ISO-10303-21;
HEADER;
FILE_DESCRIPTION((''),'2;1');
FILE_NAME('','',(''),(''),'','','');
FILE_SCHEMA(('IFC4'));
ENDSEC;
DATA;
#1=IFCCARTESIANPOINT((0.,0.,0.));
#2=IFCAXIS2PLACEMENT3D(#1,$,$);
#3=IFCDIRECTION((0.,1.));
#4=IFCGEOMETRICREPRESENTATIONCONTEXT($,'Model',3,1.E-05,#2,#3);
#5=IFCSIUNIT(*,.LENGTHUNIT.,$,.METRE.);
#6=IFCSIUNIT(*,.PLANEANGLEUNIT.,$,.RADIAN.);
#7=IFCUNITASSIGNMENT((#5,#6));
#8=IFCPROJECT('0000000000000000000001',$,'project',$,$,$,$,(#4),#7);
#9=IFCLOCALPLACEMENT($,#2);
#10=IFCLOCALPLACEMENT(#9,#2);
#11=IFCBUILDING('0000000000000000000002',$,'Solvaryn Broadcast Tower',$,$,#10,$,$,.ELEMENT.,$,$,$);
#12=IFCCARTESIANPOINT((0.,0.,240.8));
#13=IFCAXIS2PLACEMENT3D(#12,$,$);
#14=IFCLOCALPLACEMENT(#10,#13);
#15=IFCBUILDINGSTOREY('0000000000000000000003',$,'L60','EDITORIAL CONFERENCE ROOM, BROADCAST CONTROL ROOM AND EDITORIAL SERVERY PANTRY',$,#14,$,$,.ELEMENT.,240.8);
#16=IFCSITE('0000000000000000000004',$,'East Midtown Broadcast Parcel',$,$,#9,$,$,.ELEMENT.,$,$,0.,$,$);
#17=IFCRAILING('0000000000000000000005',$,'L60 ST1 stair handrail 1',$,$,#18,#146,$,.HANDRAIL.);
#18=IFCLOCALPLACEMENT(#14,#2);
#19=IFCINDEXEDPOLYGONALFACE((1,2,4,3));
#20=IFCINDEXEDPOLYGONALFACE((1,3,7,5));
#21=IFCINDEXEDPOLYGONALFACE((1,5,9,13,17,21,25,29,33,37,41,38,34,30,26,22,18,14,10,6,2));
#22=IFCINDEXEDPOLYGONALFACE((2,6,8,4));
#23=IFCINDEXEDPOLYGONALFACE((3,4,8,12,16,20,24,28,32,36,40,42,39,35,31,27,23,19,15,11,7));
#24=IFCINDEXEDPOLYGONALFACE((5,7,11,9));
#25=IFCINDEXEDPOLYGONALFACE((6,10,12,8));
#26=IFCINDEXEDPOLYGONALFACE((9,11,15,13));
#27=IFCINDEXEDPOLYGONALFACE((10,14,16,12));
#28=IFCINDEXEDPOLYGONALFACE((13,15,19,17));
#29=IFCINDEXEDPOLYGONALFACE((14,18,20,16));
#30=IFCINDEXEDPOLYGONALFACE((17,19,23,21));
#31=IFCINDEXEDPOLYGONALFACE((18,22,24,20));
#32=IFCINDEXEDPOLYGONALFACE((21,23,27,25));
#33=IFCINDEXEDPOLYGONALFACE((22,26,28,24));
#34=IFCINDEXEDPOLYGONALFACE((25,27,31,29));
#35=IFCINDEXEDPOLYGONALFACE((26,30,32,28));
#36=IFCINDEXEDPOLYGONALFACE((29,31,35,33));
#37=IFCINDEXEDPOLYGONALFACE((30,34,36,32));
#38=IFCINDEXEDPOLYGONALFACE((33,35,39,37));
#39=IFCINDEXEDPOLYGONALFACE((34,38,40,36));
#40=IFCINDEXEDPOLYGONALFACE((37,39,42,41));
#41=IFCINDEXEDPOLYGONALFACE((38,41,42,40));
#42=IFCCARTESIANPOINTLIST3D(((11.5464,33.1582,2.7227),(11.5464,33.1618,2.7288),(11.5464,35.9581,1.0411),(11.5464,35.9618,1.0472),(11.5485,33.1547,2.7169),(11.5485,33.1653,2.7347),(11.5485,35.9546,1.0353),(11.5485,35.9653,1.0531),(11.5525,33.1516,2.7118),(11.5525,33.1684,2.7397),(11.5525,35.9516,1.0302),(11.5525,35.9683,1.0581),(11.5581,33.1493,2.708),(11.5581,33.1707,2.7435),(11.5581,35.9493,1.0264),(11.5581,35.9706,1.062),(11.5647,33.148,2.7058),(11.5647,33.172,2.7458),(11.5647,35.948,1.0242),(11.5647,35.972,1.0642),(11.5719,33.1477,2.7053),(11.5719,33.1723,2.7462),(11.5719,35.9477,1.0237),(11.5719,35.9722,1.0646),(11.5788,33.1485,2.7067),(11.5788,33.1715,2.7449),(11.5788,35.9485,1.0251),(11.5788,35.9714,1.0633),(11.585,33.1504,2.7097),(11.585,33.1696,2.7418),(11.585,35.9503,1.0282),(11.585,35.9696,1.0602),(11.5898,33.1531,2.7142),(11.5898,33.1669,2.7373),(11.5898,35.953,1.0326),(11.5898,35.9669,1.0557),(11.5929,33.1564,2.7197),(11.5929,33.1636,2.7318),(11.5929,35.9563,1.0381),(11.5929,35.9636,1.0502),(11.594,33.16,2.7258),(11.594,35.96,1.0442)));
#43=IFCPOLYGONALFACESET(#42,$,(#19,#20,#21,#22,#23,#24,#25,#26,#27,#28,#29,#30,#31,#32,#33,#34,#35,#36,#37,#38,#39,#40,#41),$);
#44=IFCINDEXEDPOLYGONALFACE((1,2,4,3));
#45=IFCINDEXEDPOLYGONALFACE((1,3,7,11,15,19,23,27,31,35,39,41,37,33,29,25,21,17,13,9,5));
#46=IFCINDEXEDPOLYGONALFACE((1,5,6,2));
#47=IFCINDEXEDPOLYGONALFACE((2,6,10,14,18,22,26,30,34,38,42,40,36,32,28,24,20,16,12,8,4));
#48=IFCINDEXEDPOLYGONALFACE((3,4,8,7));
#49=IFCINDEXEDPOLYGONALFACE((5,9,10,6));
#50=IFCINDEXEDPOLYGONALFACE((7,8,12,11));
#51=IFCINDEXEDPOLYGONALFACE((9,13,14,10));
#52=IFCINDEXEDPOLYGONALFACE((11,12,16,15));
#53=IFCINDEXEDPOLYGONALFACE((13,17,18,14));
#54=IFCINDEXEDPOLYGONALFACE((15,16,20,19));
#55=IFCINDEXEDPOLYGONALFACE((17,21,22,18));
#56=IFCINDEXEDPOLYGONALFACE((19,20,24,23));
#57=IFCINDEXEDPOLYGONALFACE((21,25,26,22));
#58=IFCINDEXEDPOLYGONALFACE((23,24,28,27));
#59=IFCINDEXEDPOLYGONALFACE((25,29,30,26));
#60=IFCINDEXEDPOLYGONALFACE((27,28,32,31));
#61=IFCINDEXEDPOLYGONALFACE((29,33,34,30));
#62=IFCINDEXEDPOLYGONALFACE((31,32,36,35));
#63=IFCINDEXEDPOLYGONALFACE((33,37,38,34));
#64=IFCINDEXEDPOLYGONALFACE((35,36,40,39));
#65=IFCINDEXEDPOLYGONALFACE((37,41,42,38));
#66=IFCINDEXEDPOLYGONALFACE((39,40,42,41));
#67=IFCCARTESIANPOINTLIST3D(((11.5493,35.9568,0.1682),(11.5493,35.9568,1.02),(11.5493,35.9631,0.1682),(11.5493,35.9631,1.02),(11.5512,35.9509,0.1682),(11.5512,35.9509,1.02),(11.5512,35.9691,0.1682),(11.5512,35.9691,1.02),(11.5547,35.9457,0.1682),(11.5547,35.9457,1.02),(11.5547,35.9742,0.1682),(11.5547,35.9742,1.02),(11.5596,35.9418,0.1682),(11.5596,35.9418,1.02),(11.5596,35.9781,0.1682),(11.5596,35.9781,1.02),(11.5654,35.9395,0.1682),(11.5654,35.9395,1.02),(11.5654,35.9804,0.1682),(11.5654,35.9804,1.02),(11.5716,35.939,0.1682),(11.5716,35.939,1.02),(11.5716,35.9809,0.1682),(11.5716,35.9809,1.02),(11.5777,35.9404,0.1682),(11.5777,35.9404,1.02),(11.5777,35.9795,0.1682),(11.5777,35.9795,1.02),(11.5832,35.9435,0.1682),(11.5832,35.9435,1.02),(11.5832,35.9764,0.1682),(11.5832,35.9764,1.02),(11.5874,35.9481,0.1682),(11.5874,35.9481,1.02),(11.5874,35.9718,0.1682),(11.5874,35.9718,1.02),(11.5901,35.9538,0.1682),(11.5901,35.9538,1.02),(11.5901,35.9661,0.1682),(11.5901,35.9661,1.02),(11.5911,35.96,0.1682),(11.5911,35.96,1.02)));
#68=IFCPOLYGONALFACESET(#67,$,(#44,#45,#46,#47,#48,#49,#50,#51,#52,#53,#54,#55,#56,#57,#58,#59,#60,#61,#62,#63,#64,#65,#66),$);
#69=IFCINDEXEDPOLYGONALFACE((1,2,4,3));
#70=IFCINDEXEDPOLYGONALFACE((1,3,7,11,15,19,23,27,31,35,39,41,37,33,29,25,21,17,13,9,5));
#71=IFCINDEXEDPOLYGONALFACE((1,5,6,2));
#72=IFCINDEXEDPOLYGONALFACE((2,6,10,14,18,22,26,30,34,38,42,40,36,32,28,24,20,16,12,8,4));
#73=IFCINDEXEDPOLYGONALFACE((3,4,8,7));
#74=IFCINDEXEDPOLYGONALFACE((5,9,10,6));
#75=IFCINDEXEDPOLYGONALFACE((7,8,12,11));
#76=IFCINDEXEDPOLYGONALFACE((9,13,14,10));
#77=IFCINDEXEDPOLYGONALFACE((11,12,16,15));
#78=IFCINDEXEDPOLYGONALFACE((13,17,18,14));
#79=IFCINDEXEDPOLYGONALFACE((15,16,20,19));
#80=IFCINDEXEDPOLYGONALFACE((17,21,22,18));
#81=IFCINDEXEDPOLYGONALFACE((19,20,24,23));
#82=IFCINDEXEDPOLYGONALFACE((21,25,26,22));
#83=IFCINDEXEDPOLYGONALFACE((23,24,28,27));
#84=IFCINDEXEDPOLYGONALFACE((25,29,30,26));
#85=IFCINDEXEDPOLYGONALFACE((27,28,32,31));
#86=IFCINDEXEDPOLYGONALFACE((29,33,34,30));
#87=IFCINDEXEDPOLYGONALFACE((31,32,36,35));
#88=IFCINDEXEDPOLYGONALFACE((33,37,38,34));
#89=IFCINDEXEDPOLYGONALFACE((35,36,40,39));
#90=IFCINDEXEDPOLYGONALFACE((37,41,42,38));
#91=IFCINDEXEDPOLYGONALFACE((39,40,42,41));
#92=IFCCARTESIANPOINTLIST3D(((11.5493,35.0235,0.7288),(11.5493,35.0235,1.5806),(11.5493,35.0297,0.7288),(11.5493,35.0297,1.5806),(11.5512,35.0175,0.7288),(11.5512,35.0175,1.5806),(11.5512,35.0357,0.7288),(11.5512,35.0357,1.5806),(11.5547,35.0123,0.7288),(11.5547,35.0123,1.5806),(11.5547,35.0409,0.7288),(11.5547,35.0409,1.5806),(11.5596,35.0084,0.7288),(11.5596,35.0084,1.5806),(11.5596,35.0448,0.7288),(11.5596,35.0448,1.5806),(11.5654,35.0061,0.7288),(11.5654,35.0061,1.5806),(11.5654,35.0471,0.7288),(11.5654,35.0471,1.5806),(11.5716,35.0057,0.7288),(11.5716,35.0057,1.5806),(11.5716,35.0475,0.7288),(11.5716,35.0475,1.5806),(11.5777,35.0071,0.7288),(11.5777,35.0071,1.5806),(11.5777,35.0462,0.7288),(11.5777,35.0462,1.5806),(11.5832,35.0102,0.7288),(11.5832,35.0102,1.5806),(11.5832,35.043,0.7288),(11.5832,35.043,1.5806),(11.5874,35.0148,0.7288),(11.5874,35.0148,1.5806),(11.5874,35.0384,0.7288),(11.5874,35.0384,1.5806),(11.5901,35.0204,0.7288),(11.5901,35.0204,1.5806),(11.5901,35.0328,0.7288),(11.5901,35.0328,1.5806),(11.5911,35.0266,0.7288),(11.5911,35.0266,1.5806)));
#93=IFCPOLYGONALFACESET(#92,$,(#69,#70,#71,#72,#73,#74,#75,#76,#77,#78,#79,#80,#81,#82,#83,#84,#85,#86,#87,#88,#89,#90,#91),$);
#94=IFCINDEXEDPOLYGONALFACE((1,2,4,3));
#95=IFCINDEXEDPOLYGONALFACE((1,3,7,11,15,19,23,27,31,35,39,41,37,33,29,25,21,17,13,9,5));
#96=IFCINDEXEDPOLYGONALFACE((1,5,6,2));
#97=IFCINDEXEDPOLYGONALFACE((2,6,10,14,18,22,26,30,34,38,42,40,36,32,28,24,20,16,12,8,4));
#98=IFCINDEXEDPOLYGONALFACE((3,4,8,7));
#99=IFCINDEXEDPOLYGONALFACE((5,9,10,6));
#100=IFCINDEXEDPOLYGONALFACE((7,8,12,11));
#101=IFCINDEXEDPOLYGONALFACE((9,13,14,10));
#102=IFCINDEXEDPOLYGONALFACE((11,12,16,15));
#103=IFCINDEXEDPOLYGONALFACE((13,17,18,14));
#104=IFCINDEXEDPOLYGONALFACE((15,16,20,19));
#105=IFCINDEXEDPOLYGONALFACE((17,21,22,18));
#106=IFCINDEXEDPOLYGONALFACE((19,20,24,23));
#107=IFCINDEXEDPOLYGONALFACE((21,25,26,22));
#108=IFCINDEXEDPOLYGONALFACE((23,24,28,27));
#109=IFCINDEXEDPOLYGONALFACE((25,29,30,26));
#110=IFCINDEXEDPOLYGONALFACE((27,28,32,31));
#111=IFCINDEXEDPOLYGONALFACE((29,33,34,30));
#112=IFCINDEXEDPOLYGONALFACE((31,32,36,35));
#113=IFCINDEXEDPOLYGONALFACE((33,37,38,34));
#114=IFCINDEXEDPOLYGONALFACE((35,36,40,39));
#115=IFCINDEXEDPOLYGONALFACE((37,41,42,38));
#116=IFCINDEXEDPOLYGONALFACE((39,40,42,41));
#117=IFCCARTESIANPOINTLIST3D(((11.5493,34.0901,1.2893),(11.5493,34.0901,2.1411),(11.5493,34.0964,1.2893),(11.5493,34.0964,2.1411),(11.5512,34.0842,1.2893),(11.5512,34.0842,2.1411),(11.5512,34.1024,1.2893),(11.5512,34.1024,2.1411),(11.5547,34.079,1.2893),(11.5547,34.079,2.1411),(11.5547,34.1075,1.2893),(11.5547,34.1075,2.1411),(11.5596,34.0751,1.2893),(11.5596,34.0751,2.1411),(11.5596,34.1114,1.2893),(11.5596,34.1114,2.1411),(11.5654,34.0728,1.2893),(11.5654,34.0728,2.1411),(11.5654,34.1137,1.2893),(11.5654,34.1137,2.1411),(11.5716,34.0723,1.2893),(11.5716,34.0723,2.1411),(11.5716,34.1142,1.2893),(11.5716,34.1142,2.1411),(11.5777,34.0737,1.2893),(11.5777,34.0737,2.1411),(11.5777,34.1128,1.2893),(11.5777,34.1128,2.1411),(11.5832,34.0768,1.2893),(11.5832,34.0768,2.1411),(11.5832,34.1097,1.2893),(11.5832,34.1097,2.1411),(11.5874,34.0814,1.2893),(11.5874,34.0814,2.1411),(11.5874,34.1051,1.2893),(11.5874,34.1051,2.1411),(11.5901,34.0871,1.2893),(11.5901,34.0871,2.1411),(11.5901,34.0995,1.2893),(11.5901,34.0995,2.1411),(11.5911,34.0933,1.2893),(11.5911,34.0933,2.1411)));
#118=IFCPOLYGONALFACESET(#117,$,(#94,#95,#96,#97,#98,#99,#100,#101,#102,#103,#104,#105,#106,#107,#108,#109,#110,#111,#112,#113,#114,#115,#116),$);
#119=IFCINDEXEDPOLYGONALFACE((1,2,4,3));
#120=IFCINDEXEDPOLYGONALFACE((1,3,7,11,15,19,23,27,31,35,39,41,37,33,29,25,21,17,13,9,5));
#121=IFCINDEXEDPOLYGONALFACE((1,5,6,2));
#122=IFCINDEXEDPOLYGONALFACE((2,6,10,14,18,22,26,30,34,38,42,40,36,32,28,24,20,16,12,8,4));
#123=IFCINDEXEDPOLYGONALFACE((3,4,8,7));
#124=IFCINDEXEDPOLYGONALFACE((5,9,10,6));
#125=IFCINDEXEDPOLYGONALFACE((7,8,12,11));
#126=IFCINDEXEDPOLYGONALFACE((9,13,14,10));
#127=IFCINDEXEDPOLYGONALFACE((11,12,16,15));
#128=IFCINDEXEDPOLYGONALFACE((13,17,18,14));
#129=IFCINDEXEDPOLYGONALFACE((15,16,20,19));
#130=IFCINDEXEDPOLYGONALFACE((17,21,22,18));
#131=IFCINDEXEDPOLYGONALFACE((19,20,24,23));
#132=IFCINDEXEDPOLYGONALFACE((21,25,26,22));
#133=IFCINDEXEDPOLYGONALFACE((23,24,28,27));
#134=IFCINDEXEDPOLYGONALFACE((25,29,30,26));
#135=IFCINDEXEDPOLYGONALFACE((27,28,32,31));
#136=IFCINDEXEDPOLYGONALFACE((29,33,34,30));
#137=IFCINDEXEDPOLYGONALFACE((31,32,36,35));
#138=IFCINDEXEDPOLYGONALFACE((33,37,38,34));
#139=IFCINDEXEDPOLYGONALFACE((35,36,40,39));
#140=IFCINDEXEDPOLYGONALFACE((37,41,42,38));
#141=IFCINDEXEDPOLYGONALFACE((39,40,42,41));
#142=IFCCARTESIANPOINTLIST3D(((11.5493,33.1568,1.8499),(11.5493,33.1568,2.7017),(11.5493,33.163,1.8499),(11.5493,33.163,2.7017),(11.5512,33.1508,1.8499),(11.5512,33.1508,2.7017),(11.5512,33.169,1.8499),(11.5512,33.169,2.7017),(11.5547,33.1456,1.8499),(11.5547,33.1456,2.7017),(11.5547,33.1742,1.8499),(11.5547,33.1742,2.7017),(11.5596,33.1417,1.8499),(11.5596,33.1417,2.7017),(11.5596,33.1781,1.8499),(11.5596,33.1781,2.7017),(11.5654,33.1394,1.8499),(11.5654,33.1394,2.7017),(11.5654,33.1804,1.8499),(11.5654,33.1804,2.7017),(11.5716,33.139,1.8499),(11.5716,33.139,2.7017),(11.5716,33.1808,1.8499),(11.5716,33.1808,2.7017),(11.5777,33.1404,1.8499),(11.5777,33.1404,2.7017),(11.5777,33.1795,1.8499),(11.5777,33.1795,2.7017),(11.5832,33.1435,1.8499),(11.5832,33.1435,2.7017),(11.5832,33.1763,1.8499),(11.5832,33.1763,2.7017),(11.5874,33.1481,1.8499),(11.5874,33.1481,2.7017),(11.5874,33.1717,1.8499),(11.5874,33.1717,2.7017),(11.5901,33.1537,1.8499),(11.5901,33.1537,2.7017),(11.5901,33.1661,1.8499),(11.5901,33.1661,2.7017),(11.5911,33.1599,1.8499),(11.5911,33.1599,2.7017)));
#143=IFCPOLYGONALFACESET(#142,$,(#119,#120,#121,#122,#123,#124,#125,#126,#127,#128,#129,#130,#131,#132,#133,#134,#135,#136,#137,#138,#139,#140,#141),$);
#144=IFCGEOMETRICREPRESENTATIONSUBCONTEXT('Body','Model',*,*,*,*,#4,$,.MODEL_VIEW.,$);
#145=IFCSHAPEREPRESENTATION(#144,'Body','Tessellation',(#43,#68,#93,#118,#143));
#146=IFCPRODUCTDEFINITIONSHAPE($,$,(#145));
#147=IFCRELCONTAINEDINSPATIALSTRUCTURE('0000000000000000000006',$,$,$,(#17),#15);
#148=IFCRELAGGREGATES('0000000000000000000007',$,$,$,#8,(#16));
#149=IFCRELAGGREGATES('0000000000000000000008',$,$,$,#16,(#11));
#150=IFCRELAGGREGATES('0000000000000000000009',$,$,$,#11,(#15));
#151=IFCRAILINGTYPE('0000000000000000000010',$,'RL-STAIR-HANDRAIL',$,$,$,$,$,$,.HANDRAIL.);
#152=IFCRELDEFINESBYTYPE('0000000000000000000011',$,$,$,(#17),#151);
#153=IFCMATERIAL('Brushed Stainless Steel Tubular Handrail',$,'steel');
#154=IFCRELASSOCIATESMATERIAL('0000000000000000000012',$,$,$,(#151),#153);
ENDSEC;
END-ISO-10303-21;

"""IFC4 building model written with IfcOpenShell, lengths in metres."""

from ifc_helpers import new_model, si_unit, direction, frame, origin, origin_2d, place, context, subcontext, project, spatial, circle, extrude, material, type_object, element, save


model = new_model("IFC4")

# Units and contexts
model_context = context("Model", 3, precision=1e-05, world=origin(), true_north=direction((0.0, 1.0)))
body_context = subcontext(model_context, "Body", "Model", "MODEL_VIEW")
ifc_project = project(units=[si_unit("LENGTHUNIT", "METRE"), si_unit("PLANEANGLEUNIT", "RADIAN")], contexts=[model_context])

# Site, building, storey
site_placement = place(None, origin())
site = spatial("IfcSite", under=ifc_project, at=site_placement, Name="East Midtown Broadcast Parcel", CompositionType="ELEMENT", RefElevation=0.0)
building_placement = place(site_placement, origin())
building = spatial("IfcBuilding", under=site, at=building_placement, Name="Solvaryn Broadcast Tower", CompositionType="ELEMENT")
storey_placement = place(building_placement, frame((0.0, 0.0, 240.8)))
storey = spatial("IfcBuildingStorey", under=building, at=storey_placement, Name="L60", Description="EDITORIAL CONFERENCE ROOM, BROADCAST CONTROL ROOM AND EDITORIAL SERVERY PANTRY", CompositionType="ELEMENT", Elevation=240.8)

# Railing
ifc_material_1 = material(Name="Brushed Stainless Steel Tubular Handrail", Category="steel")
railing_type_1 = type_object("IfcRailingType", Name="RL-STAIR-HANDRAIL", PredefinedType="HANDRAIL", material=ifc_material_1)
railing_1_placement = place(storey_placement, frame((11.5701, 35.96, 0.1682)))
element("IfcRailing", 1, at=railing_1_placement, inside=storey, type_object=railing_type_1, Name="L60 ST1 stair handrail 1", PredefinedType="HANDRAIL", context=body_context, shape_type="SweptSolid", body=[
    extrude(circle(Radius=0.0239, at=origin_2d()), frame((0.0, 0.0, 0.876), z_axis=(0.0, -0.857275, 0.514858), x_axis=(1.0, 0.0, 0.0)), (0.0, 0.0, 1.0), 3.2661),
    extrude(circle(Radius=0.021, at=origin_2d()), origin(), (0.0, 0.0, 1.0), 0.8518),
    extrude(circle(Radius=0.021, at=origin_2d()), frame((0.0, -0.9333, 0.5605)), (0.0, 0.0, 1.0), 0.8518),
    extrude(circle(Radius=0.021, at=origin_2d()), frame((0.0, -1.8667, 1.1211)), (0.0, 0.0, 1.0), 0.8518),
    extrude(circle(Radius=0.021, at=origin_2d()), frame((0.0, -2.8, 1.6816)), (0.0, 0.0, 1.0), 0.8518),
])

save(model, "model.ifc")
